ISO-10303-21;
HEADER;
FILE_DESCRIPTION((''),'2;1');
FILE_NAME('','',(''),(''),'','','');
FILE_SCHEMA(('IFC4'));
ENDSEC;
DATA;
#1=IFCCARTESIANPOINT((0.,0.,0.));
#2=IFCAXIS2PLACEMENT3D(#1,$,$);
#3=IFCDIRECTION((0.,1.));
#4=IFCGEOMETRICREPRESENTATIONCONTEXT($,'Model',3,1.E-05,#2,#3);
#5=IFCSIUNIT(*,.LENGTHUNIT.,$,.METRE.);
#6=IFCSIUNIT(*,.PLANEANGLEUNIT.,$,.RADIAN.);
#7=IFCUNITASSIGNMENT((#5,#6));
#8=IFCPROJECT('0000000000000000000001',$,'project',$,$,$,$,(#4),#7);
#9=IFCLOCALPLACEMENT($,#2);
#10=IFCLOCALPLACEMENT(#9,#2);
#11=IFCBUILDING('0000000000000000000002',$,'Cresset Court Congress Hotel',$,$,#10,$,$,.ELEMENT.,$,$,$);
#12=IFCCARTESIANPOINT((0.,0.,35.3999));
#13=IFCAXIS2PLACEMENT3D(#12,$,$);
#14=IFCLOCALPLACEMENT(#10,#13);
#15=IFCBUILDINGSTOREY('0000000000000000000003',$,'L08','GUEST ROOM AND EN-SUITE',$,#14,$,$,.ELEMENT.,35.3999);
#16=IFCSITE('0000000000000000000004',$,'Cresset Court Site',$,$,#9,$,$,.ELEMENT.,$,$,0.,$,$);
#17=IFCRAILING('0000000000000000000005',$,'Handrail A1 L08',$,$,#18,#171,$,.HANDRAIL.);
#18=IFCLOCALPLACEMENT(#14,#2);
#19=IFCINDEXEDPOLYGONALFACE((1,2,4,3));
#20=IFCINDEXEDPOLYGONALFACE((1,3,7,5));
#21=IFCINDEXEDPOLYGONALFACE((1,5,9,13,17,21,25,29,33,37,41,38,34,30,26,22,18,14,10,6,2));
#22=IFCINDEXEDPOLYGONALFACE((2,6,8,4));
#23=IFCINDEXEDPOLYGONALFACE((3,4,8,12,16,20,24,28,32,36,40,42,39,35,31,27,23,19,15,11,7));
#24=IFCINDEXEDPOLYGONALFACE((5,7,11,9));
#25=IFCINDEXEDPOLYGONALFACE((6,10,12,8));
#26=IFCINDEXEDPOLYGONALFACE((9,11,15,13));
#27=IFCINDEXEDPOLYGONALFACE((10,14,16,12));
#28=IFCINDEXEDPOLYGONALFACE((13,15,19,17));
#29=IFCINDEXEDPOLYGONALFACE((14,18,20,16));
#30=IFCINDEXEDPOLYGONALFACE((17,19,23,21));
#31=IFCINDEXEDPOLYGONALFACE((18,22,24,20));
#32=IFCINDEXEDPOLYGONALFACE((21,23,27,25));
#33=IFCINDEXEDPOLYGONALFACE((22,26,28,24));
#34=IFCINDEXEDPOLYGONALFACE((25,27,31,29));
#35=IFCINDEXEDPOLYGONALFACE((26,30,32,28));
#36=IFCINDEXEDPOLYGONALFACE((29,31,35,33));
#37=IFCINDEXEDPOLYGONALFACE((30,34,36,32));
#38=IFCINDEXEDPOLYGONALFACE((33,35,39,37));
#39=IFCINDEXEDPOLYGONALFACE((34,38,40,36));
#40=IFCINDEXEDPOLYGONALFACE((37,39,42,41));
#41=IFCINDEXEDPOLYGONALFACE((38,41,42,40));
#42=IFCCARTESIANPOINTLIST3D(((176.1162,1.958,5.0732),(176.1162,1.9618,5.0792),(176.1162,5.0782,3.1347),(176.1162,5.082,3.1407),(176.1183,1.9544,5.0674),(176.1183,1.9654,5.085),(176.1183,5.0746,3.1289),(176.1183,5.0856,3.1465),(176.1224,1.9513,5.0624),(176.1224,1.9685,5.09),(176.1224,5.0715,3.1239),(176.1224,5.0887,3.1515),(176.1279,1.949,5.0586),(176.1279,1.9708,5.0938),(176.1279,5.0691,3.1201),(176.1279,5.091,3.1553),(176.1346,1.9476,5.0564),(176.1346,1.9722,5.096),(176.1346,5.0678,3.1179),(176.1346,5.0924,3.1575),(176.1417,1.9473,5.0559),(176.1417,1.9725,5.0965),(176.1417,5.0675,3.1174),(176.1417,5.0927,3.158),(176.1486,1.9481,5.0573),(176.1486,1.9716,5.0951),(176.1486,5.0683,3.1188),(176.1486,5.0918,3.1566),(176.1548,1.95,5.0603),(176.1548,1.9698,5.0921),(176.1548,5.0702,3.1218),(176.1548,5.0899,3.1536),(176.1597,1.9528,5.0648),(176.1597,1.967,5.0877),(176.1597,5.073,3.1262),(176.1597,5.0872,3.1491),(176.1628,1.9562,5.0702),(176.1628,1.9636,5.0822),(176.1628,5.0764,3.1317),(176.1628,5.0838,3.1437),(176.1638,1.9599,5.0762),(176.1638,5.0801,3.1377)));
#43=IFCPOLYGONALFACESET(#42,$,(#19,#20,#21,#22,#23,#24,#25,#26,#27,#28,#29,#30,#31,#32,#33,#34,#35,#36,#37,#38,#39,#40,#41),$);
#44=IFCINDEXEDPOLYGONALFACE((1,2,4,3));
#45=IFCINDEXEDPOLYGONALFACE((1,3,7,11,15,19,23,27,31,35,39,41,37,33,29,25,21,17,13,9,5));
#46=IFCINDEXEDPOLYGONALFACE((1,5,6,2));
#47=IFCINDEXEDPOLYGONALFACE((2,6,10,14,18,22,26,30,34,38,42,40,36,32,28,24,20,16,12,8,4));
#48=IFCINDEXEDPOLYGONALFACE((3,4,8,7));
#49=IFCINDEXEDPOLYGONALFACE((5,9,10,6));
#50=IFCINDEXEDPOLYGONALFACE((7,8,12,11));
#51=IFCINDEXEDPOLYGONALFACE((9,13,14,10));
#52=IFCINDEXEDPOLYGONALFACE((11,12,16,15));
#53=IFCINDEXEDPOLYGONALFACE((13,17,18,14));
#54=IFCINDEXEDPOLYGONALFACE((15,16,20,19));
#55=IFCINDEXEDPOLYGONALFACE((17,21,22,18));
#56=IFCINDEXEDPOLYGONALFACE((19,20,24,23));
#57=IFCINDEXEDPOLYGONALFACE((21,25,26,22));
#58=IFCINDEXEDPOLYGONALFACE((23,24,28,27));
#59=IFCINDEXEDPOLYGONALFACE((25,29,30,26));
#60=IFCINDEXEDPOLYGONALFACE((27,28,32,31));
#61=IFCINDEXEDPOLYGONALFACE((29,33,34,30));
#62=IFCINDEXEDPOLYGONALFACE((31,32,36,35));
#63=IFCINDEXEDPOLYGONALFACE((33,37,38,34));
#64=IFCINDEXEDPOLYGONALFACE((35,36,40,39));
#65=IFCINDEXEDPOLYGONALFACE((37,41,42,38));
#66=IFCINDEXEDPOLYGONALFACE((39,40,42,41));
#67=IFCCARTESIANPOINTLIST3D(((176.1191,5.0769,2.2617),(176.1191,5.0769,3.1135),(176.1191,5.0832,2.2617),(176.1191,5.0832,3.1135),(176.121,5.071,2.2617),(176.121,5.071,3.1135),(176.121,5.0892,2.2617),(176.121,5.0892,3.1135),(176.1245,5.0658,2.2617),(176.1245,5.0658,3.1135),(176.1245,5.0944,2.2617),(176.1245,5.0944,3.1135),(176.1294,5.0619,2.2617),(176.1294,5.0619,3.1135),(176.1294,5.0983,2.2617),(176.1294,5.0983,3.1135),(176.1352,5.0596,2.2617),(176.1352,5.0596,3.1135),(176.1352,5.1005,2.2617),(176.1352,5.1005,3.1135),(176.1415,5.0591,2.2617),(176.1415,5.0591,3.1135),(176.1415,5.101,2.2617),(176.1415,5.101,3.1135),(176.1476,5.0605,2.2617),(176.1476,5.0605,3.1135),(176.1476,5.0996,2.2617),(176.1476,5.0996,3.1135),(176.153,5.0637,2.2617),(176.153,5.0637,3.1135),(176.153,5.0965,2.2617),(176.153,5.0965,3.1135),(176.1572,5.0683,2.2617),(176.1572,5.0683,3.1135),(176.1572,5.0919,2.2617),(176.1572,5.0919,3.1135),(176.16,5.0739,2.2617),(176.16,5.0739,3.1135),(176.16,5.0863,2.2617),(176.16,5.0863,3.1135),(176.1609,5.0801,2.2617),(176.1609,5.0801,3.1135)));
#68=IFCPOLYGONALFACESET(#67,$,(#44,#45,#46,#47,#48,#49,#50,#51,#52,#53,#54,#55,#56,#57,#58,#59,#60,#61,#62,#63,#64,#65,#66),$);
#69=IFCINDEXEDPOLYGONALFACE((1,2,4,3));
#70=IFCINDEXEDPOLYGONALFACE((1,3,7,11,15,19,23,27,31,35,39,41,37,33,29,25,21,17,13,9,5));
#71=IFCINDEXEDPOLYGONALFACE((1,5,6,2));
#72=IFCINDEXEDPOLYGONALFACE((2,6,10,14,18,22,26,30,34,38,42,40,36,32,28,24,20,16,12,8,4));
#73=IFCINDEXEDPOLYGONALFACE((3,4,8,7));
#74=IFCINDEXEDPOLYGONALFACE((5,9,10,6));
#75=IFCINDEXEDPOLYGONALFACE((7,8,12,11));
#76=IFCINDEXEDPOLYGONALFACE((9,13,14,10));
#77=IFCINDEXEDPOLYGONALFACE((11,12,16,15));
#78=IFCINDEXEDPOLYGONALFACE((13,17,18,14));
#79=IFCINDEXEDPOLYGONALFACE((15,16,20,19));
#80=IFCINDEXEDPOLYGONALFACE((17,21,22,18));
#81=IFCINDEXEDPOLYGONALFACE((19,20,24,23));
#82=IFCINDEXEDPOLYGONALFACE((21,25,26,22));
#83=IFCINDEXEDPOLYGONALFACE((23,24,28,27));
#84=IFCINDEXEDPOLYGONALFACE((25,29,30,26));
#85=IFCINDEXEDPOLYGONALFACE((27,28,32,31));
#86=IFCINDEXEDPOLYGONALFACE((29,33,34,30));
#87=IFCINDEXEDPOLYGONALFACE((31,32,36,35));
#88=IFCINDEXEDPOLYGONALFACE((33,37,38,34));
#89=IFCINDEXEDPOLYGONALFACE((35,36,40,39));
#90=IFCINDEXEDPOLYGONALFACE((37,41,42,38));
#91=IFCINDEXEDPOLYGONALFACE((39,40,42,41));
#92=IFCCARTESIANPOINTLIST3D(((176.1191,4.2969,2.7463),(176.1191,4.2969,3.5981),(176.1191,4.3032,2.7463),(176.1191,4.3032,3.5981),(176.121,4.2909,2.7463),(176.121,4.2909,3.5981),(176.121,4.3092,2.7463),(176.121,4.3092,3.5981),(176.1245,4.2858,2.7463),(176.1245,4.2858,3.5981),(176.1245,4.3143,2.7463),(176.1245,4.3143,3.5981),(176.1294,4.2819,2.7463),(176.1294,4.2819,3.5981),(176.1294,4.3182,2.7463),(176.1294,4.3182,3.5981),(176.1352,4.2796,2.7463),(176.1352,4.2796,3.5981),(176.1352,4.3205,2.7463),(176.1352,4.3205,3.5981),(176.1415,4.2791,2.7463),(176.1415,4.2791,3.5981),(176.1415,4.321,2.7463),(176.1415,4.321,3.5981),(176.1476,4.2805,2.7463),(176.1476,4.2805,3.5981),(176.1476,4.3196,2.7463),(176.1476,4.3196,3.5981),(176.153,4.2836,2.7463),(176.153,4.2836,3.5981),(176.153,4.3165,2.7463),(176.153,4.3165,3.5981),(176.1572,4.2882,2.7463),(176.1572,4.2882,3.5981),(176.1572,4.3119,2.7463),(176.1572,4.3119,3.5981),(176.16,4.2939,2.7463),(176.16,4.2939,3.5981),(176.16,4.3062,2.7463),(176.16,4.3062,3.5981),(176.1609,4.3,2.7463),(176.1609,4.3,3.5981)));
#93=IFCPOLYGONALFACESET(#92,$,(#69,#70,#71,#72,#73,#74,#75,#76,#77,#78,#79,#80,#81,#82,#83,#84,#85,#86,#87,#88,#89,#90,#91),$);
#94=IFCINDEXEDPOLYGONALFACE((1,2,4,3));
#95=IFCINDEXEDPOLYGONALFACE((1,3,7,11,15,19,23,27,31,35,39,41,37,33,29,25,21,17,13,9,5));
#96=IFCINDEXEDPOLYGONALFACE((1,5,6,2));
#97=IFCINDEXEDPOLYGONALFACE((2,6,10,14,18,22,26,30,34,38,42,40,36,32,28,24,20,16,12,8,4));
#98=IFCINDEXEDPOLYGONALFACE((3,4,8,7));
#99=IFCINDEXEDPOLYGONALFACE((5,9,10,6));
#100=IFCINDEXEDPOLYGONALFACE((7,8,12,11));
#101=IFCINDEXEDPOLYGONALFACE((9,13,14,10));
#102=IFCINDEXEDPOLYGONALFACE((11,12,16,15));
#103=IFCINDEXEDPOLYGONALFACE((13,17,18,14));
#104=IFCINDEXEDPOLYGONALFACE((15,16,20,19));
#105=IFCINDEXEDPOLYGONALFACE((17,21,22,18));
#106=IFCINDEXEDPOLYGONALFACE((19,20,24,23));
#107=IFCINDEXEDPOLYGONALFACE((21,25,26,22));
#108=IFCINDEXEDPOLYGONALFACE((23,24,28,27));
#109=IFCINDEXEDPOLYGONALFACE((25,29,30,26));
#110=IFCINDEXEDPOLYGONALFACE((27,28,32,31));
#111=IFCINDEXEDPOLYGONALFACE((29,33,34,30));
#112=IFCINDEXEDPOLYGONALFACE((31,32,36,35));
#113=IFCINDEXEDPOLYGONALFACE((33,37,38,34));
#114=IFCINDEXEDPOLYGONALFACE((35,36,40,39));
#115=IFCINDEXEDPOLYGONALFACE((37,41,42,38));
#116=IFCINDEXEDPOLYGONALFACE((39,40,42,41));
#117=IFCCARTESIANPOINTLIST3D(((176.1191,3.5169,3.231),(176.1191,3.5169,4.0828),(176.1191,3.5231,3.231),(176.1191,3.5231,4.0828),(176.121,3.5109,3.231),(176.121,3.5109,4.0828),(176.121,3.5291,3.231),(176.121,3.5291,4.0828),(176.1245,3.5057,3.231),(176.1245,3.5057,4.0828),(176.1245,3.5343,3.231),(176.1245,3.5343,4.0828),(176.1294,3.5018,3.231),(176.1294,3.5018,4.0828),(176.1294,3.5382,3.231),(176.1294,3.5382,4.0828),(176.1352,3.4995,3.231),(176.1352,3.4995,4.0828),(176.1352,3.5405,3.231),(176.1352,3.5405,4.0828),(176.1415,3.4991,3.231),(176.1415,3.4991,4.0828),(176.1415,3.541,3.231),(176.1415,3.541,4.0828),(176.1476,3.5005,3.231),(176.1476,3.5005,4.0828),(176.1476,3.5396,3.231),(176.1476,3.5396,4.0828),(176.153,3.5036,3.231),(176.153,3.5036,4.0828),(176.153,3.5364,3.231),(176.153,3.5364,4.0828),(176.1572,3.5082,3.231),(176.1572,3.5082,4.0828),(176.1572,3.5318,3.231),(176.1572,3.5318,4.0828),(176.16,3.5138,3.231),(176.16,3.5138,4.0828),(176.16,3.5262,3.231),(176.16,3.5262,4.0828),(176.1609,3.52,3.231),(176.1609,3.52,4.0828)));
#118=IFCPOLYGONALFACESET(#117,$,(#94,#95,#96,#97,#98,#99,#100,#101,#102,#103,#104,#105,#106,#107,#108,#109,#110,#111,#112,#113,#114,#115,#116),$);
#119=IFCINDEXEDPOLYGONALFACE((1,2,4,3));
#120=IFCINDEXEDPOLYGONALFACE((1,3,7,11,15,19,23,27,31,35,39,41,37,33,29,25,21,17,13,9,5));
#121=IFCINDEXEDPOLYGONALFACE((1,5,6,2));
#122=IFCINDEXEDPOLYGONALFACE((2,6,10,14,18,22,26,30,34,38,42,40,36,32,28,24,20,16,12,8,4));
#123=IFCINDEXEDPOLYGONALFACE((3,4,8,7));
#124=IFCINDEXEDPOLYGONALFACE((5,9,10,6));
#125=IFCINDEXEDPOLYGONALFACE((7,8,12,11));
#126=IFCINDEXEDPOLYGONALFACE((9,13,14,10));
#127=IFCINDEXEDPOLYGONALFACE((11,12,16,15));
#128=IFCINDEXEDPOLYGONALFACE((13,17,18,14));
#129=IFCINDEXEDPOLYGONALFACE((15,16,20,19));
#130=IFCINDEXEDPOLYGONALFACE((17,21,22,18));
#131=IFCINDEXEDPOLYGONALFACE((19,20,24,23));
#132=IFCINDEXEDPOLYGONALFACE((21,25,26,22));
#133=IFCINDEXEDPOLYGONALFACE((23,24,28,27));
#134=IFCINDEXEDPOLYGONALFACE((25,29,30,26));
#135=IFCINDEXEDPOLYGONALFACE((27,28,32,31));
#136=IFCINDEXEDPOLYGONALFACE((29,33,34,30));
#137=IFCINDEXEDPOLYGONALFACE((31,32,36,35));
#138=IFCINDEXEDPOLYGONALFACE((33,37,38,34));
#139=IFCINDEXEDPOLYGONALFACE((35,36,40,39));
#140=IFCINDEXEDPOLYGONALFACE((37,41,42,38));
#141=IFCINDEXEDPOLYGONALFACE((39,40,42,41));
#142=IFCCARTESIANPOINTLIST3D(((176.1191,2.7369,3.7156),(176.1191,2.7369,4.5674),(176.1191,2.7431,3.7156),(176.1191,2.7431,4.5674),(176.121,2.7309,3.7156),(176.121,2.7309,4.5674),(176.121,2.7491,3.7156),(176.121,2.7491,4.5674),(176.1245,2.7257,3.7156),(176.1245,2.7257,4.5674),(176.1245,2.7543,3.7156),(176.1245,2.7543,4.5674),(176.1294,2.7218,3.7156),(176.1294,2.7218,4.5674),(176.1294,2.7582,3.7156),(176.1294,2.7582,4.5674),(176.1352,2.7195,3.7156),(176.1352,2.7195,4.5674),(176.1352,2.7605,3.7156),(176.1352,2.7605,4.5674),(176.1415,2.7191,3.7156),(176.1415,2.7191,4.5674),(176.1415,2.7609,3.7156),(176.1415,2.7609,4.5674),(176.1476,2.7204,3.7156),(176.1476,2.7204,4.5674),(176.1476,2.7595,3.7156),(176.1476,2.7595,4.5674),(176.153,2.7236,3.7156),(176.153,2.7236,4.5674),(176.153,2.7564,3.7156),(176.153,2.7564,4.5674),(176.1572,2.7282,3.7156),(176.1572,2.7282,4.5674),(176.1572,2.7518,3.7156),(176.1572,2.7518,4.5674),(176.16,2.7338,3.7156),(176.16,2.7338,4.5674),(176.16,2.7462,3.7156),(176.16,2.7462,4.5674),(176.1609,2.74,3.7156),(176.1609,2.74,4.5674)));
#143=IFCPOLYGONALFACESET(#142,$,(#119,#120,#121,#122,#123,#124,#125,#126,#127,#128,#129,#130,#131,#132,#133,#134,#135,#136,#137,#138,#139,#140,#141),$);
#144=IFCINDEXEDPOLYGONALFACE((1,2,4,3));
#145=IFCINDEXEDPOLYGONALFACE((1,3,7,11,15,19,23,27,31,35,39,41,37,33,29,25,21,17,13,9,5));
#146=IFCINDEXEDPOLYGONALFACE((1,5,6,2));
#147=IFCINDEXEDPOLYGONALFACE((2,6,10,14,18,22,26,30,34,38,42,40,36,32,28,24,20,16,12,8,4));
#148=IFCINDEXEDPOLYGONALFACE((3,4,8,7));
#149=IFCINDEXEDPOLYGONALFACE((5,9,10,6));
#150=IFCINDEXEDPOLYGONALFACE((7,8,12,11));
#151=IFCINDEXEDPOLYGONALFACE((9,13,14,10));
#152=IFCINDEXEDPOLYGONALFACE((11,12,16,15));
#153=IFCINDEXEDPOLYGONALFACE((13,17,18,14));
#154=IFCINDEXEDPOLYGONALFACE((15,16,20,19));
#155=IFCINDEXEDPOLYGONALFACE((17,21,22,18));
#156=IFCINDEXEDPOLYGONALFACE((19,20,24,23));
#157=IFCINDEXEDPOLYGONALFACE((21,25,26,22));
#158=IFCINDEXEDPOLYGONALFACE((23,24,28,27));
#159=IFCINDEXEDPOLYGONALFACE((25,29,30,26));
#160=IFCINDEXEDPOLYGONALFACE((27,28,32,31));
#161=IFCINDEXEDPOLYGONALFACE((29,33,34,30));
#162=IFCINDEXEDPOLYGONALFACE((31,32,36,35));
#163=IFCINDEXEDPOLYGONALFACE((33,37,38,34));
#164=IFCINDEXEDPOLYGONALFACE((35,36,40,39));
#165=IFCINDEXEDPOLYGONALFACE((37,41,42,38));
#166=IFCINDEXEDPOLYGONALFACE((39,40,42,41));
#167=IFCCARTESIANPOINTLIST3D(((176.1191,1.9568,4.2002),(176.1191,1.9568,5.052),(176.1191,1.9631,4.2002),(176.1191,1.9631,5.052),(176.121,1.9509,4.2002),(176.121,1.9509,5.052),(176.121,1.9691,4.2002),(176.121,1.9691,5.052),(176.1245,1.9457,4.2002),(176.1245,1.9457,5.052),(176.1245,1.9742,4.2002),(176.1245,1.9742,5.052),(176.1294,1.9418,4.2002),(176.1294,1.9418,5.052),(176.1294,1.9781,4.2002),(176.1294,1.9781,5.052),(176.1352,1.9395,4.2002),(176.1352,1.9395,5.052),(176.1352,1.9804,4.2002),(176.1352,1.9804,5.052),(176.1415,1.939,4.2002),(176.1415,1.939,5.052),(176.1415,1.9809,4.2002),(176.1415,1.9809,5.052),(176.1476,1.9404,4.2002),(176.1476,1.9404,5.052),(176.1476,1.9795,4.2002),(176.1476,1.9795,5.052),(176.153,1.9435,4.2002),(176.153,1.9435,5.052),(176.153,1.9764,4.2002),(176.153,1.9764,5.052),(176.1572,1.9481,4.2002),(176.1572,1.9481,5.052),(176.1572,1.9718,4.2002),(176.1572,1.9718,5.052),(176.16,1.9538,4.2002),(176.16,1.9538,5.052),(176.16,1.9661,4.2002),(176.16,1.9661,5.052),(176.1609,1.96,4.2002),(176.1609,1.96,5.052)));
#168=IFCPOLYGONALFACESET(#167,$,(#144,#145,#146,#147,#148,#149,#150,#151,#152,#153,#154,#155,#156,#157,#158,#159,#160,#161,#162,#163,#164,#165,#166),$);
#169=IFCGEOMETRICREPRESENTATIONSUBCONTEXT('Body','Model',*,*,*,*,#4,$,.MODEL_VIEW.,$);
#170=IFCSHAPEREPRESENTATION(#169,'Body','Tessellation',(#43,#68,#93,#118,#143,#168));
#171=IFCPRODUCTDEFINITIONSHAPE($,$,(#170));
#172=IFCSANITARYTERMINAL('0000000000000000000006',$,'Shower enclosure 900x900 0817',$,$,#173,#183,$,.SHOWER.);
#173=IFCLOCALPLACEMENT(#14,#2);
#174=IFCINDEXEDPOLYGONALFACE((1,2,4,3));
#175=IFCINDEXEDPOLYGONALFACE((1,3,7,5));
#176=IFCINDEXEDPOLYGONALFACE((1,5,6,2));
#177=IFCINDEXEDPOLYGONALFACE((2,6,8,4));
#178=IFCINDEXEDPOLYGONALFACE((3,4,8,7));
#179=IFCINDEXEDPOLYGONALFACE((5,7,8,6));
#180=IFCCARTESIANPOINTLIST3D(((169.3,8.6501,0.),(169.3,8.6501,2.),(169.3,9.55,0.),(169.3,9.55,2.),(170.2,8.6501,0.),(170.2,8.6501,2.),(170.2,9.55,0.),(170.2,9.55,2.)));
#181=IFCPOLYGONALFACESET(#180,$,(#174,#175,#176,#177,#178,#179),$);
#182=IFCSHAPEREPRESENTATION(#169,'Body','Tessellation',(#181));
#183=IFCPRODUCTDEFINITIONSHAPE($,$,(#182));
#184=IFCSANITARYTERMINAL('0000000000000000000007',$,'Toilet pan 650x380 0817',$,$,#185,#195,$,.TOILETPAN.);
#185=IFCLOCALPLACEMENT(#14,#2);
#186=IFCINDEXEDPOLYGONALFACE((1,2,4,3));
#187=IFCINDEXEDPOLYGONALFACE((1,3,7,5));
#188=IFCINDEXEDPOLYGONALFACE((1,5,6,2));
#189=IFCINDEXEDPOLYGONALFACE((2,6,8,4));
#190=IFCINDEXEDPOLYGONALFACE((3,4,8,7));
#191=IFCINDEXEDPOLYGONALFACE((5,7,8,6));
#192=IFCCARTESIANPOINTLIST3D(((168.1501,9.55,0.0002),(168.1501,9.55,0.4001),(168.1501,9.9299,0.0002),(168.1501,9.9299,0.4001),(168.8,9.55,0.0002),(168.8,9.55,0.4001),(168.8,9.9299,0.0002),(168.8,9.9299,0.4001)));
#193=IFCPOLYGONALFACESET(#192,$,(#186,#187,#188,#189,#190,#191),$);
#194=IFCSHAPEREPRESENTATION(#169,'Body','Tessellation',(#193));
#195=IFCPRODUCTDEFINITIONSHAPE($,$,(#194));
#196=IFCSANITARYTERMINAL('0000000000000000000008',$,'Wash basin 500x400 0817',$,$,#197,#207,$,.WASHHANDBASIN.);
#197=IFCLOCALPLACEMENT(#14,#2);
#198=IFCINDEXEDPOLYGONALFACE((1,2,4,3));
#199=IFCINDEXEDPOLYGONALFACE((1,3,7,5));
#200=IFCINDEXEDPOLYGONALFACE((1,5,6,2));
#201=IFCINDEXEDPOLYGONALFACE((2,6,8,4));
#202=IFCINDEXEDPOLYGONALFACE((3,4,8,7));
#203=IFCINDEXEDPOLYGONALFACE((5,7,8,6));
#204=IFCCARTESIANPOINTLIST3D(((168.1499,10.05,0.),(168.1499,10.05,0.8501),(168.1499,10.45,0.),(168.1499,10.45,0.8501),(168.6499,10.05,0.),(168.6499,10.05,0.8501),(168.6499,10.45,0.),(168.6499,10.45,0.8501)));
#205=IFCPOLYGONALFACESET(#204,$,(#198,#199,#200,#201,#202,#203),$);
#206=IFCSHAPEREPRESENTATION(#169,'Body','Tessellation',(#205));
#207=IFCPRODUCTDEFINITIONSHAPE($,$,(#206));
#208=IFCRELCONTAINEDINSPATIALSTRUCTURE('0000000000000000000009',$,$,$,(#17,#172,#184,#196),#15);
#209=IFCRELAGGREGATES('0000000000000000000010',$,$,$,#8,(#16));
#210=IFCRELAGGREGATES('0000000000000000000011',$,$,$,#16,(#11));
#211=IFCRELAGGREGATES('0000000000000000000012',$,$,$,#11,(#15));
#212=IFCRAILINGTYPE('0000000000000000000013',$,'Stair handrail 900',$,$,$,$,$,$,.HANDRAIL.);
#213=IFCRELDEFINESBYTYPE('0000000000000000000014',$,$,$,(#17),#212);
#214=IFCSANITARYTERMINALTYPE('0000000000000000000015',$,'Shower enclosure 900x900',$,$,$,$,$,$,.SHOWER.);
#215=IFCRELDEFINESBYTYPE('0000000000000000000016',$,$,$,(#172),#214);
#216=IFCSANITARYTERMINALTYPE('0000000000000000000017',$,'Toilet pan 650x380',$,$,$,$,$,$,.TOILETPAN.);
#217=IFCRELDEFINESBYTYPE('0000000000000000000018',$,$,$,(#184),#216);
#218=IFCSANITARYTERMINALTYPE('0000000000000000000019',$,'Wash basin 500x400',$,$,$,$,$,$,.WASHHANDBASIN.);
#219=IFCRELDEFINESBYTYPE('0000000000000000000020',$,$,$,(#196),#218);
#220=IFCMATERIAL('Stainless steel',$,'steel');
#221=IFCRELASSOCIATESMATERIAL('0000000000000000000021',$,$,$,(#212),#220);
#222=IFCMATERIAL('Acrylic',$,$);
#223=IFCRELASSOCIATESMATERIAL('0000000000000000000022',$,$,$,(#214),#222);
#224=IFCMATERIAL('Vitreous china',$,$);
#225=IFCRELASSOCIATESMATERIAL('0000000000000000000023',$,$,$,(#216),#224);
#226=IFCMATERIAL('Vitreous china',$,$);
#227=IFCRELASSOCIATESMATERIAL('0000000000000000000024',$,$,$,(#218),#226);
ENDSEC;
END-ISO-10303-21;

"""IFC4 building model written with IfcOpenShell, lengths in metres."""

from ifc_helpers import new_model, si_unit, direction, frame, origin, origin_2d, place, context, subcontext, project, spatial, rectangle, circle, extrude, material, type_object, element, save


model = new_model("IFC4")

# Units and contexts
model_context = context("Model", 3, precision=1e-05, world=origin(), true_north=direction((0.0, 1.0)))
body_context = subcontext(model_context, "Body", "Model", "MODEL_VIEW")
ifc_project = project(units=[si_unit("LENGTHUNIT", "METRE"), si_unit("PLANEANGLEUNIT", "RADIAN")], contexts=[model_context])

# Site, building, storey
site_placement = place(None, origin())
site = spatial("IfcSite", under=ifc_project, at=site_placement, Name="Cresset Court Site", CompositionType="ELEMENT", RefElevation=0.0)
building_placement = place(site_placement, origin())
building = spatial("IfcBuilding", under=site, at=building_placement, Name="Cresset Court Congress Hotel", CompositionType="ELEMENT")
storey_placement = place(building_placement, frame((0.0, 0.0, 35.3999)))
storey = spatial("IfcBuildingStorey", under=building, at=storey_placement, Name="L08", Description="GUEST ROOM AND EN-SUITE", CompositionType="ELEMENT", Elevation=35.3999)

# Railing
ifc_material_1 = material(Name="Stainless steel", Category="steel")
railing_type_1 = type_object("IfcRailingType", Name="Stair handrail 900", PredefinedType="HANDRAIL", material=ifc_material_1)
for number, where, name in (
    (1, (176.1399, 5.0801, 2.2617), "Handrail A1 L08"),
):
    element("IfcRailing", number, at=place(storey_placement, frame(where)), inside=storey, type_object=railing_type_1, Name=name, PredefinedType="HANDRAIL", context=body_context, shape_type="SweptSolid", body=[
        extrude(circle(Radius=0.0239, at=origin_2d()), frame((0.0, 0.0, 0.876), z_axis=(0.0, -0.849414, 0.527727), x_axis=(1.0, 0.0, 0.0)), (0.0, 0.0, 1.0), 3.6733),
        extrude(circle(Radius=0.021, at=origin_2d()), origin(), (0.0, 0.0, 1.0), 0.8518),
        extrude(circle(Radius=0.021, at=origin_2d()), frame((0.0, -0.78, 0.4846)), (0.0, 0.0, 1.0), 0.8518),
        extrude(circle(Radius=0.021, at=origin_2d()), frame((0.0, -1.5601, 0.9692)), (0.0, 0.0, 1.0), 0.8518),
        extrude(circle(Radius=0.021, at=origin_2d()), frame((0.0, -2.3401, 1.4539)), (0.0, 0.0, 1.0), 0.8518),
        extrude(circle(Radius=0.021, at=origin_2d()), frame((0.0, -3.1201, 1.9385)), (0.0, 0.0, 1.0), 0.8518),
    ])

# Sanitary terminals
ifc_material_2 = material(Name="Acrylic")
sanitary_terminal_type_1 = type_object("IfcSanitaryTerminalType", Name="Shower enclosure 900x900", PredefinedType="SHOWER", material=ifc_material_2)
sanitary_terminal_1_placement = place(storey_placement, frame((169.75, 9.1001, 0.0), z_axis=(0.0, 0.0, 1.0), x_axis=(1.0, 0.0, 0.0)))
element("IfcSanitaryTerminal", 2, at=sanitary_terminal_1_placement, inside=storey, type_object=sanitary_terminal_type_1, Name="Shower enclosure 900x900 0817", PredefinedType="SHOWER", context=body_context, shape_type="SweptSolid", body=[
    extrude(rectangle(XDim=0.8999, YDim=0.8999, at=origin_2d()), origin(), (0.0, 0.0, 1.0), 2.0),
])
ifc_material_3 = material(Name="Vitreous china")
sanitary_terminal_type_2 = type_object("IfcSanitaryTerminalType", Name="Toilet pan 650x380", PredefinedType="TOILETPAN", material=ifc_material_3)
sanitary_terminal_2_placement = place(storey_placement, frame((168.4751, 9.74, 0.0002), z_axis=(0.0, 0.0, 1.0), x_axis=(1.0, 0.0, 0.0)))
element("IfcSanitaryTerminal", 3, at=sanitary_terminal_2_placement, inside=storey, type_object=sanitary_terminal_type_2, Name="Toilet pan 650x380 0817", PredefinedType="TOILETPAN", context=body_context, shape_type="SweptSolid", body=[
    extrude(rectangle(XDim=0.6499, YDim=0.3799, at=origin_2d()), origin(), (0.0, 0.0, 1.0), 0.3999),
])
ifc_material_4 = material(Name="Vitreous china")
sanitary_terminal_type_3 = type_object("IfcSanitaryTerminalType", Name="Wash basin 500x400", PredefinedType="WASHHANDBASIN", material=ifc_material_4)
sanitary_terminal_3_placement = place(storey_placement, frame((168.3999, 10.25, 0.0), z_axis=(0.0, 0.0, 1.0), x_axis=(1.0, 0.0, 0.0)))
element("IfcSanitaryTerminal", 4, at=sanitary_terminal_3_placement, inside=storey, type_object=sanitary_terminal_type_3, Name="Wash basin 500x400 0817", PredefinedType="WASHHANDBASIN", context=body_context, shape_type="SweptSolid", body=[
    extrude(rectangle(XDim=0.5, YDim=0.3999, at=origin_2d()), origin(), (0.0, 0.0, 1.0), 0.8501),
])

save(model, "model.ifc")
